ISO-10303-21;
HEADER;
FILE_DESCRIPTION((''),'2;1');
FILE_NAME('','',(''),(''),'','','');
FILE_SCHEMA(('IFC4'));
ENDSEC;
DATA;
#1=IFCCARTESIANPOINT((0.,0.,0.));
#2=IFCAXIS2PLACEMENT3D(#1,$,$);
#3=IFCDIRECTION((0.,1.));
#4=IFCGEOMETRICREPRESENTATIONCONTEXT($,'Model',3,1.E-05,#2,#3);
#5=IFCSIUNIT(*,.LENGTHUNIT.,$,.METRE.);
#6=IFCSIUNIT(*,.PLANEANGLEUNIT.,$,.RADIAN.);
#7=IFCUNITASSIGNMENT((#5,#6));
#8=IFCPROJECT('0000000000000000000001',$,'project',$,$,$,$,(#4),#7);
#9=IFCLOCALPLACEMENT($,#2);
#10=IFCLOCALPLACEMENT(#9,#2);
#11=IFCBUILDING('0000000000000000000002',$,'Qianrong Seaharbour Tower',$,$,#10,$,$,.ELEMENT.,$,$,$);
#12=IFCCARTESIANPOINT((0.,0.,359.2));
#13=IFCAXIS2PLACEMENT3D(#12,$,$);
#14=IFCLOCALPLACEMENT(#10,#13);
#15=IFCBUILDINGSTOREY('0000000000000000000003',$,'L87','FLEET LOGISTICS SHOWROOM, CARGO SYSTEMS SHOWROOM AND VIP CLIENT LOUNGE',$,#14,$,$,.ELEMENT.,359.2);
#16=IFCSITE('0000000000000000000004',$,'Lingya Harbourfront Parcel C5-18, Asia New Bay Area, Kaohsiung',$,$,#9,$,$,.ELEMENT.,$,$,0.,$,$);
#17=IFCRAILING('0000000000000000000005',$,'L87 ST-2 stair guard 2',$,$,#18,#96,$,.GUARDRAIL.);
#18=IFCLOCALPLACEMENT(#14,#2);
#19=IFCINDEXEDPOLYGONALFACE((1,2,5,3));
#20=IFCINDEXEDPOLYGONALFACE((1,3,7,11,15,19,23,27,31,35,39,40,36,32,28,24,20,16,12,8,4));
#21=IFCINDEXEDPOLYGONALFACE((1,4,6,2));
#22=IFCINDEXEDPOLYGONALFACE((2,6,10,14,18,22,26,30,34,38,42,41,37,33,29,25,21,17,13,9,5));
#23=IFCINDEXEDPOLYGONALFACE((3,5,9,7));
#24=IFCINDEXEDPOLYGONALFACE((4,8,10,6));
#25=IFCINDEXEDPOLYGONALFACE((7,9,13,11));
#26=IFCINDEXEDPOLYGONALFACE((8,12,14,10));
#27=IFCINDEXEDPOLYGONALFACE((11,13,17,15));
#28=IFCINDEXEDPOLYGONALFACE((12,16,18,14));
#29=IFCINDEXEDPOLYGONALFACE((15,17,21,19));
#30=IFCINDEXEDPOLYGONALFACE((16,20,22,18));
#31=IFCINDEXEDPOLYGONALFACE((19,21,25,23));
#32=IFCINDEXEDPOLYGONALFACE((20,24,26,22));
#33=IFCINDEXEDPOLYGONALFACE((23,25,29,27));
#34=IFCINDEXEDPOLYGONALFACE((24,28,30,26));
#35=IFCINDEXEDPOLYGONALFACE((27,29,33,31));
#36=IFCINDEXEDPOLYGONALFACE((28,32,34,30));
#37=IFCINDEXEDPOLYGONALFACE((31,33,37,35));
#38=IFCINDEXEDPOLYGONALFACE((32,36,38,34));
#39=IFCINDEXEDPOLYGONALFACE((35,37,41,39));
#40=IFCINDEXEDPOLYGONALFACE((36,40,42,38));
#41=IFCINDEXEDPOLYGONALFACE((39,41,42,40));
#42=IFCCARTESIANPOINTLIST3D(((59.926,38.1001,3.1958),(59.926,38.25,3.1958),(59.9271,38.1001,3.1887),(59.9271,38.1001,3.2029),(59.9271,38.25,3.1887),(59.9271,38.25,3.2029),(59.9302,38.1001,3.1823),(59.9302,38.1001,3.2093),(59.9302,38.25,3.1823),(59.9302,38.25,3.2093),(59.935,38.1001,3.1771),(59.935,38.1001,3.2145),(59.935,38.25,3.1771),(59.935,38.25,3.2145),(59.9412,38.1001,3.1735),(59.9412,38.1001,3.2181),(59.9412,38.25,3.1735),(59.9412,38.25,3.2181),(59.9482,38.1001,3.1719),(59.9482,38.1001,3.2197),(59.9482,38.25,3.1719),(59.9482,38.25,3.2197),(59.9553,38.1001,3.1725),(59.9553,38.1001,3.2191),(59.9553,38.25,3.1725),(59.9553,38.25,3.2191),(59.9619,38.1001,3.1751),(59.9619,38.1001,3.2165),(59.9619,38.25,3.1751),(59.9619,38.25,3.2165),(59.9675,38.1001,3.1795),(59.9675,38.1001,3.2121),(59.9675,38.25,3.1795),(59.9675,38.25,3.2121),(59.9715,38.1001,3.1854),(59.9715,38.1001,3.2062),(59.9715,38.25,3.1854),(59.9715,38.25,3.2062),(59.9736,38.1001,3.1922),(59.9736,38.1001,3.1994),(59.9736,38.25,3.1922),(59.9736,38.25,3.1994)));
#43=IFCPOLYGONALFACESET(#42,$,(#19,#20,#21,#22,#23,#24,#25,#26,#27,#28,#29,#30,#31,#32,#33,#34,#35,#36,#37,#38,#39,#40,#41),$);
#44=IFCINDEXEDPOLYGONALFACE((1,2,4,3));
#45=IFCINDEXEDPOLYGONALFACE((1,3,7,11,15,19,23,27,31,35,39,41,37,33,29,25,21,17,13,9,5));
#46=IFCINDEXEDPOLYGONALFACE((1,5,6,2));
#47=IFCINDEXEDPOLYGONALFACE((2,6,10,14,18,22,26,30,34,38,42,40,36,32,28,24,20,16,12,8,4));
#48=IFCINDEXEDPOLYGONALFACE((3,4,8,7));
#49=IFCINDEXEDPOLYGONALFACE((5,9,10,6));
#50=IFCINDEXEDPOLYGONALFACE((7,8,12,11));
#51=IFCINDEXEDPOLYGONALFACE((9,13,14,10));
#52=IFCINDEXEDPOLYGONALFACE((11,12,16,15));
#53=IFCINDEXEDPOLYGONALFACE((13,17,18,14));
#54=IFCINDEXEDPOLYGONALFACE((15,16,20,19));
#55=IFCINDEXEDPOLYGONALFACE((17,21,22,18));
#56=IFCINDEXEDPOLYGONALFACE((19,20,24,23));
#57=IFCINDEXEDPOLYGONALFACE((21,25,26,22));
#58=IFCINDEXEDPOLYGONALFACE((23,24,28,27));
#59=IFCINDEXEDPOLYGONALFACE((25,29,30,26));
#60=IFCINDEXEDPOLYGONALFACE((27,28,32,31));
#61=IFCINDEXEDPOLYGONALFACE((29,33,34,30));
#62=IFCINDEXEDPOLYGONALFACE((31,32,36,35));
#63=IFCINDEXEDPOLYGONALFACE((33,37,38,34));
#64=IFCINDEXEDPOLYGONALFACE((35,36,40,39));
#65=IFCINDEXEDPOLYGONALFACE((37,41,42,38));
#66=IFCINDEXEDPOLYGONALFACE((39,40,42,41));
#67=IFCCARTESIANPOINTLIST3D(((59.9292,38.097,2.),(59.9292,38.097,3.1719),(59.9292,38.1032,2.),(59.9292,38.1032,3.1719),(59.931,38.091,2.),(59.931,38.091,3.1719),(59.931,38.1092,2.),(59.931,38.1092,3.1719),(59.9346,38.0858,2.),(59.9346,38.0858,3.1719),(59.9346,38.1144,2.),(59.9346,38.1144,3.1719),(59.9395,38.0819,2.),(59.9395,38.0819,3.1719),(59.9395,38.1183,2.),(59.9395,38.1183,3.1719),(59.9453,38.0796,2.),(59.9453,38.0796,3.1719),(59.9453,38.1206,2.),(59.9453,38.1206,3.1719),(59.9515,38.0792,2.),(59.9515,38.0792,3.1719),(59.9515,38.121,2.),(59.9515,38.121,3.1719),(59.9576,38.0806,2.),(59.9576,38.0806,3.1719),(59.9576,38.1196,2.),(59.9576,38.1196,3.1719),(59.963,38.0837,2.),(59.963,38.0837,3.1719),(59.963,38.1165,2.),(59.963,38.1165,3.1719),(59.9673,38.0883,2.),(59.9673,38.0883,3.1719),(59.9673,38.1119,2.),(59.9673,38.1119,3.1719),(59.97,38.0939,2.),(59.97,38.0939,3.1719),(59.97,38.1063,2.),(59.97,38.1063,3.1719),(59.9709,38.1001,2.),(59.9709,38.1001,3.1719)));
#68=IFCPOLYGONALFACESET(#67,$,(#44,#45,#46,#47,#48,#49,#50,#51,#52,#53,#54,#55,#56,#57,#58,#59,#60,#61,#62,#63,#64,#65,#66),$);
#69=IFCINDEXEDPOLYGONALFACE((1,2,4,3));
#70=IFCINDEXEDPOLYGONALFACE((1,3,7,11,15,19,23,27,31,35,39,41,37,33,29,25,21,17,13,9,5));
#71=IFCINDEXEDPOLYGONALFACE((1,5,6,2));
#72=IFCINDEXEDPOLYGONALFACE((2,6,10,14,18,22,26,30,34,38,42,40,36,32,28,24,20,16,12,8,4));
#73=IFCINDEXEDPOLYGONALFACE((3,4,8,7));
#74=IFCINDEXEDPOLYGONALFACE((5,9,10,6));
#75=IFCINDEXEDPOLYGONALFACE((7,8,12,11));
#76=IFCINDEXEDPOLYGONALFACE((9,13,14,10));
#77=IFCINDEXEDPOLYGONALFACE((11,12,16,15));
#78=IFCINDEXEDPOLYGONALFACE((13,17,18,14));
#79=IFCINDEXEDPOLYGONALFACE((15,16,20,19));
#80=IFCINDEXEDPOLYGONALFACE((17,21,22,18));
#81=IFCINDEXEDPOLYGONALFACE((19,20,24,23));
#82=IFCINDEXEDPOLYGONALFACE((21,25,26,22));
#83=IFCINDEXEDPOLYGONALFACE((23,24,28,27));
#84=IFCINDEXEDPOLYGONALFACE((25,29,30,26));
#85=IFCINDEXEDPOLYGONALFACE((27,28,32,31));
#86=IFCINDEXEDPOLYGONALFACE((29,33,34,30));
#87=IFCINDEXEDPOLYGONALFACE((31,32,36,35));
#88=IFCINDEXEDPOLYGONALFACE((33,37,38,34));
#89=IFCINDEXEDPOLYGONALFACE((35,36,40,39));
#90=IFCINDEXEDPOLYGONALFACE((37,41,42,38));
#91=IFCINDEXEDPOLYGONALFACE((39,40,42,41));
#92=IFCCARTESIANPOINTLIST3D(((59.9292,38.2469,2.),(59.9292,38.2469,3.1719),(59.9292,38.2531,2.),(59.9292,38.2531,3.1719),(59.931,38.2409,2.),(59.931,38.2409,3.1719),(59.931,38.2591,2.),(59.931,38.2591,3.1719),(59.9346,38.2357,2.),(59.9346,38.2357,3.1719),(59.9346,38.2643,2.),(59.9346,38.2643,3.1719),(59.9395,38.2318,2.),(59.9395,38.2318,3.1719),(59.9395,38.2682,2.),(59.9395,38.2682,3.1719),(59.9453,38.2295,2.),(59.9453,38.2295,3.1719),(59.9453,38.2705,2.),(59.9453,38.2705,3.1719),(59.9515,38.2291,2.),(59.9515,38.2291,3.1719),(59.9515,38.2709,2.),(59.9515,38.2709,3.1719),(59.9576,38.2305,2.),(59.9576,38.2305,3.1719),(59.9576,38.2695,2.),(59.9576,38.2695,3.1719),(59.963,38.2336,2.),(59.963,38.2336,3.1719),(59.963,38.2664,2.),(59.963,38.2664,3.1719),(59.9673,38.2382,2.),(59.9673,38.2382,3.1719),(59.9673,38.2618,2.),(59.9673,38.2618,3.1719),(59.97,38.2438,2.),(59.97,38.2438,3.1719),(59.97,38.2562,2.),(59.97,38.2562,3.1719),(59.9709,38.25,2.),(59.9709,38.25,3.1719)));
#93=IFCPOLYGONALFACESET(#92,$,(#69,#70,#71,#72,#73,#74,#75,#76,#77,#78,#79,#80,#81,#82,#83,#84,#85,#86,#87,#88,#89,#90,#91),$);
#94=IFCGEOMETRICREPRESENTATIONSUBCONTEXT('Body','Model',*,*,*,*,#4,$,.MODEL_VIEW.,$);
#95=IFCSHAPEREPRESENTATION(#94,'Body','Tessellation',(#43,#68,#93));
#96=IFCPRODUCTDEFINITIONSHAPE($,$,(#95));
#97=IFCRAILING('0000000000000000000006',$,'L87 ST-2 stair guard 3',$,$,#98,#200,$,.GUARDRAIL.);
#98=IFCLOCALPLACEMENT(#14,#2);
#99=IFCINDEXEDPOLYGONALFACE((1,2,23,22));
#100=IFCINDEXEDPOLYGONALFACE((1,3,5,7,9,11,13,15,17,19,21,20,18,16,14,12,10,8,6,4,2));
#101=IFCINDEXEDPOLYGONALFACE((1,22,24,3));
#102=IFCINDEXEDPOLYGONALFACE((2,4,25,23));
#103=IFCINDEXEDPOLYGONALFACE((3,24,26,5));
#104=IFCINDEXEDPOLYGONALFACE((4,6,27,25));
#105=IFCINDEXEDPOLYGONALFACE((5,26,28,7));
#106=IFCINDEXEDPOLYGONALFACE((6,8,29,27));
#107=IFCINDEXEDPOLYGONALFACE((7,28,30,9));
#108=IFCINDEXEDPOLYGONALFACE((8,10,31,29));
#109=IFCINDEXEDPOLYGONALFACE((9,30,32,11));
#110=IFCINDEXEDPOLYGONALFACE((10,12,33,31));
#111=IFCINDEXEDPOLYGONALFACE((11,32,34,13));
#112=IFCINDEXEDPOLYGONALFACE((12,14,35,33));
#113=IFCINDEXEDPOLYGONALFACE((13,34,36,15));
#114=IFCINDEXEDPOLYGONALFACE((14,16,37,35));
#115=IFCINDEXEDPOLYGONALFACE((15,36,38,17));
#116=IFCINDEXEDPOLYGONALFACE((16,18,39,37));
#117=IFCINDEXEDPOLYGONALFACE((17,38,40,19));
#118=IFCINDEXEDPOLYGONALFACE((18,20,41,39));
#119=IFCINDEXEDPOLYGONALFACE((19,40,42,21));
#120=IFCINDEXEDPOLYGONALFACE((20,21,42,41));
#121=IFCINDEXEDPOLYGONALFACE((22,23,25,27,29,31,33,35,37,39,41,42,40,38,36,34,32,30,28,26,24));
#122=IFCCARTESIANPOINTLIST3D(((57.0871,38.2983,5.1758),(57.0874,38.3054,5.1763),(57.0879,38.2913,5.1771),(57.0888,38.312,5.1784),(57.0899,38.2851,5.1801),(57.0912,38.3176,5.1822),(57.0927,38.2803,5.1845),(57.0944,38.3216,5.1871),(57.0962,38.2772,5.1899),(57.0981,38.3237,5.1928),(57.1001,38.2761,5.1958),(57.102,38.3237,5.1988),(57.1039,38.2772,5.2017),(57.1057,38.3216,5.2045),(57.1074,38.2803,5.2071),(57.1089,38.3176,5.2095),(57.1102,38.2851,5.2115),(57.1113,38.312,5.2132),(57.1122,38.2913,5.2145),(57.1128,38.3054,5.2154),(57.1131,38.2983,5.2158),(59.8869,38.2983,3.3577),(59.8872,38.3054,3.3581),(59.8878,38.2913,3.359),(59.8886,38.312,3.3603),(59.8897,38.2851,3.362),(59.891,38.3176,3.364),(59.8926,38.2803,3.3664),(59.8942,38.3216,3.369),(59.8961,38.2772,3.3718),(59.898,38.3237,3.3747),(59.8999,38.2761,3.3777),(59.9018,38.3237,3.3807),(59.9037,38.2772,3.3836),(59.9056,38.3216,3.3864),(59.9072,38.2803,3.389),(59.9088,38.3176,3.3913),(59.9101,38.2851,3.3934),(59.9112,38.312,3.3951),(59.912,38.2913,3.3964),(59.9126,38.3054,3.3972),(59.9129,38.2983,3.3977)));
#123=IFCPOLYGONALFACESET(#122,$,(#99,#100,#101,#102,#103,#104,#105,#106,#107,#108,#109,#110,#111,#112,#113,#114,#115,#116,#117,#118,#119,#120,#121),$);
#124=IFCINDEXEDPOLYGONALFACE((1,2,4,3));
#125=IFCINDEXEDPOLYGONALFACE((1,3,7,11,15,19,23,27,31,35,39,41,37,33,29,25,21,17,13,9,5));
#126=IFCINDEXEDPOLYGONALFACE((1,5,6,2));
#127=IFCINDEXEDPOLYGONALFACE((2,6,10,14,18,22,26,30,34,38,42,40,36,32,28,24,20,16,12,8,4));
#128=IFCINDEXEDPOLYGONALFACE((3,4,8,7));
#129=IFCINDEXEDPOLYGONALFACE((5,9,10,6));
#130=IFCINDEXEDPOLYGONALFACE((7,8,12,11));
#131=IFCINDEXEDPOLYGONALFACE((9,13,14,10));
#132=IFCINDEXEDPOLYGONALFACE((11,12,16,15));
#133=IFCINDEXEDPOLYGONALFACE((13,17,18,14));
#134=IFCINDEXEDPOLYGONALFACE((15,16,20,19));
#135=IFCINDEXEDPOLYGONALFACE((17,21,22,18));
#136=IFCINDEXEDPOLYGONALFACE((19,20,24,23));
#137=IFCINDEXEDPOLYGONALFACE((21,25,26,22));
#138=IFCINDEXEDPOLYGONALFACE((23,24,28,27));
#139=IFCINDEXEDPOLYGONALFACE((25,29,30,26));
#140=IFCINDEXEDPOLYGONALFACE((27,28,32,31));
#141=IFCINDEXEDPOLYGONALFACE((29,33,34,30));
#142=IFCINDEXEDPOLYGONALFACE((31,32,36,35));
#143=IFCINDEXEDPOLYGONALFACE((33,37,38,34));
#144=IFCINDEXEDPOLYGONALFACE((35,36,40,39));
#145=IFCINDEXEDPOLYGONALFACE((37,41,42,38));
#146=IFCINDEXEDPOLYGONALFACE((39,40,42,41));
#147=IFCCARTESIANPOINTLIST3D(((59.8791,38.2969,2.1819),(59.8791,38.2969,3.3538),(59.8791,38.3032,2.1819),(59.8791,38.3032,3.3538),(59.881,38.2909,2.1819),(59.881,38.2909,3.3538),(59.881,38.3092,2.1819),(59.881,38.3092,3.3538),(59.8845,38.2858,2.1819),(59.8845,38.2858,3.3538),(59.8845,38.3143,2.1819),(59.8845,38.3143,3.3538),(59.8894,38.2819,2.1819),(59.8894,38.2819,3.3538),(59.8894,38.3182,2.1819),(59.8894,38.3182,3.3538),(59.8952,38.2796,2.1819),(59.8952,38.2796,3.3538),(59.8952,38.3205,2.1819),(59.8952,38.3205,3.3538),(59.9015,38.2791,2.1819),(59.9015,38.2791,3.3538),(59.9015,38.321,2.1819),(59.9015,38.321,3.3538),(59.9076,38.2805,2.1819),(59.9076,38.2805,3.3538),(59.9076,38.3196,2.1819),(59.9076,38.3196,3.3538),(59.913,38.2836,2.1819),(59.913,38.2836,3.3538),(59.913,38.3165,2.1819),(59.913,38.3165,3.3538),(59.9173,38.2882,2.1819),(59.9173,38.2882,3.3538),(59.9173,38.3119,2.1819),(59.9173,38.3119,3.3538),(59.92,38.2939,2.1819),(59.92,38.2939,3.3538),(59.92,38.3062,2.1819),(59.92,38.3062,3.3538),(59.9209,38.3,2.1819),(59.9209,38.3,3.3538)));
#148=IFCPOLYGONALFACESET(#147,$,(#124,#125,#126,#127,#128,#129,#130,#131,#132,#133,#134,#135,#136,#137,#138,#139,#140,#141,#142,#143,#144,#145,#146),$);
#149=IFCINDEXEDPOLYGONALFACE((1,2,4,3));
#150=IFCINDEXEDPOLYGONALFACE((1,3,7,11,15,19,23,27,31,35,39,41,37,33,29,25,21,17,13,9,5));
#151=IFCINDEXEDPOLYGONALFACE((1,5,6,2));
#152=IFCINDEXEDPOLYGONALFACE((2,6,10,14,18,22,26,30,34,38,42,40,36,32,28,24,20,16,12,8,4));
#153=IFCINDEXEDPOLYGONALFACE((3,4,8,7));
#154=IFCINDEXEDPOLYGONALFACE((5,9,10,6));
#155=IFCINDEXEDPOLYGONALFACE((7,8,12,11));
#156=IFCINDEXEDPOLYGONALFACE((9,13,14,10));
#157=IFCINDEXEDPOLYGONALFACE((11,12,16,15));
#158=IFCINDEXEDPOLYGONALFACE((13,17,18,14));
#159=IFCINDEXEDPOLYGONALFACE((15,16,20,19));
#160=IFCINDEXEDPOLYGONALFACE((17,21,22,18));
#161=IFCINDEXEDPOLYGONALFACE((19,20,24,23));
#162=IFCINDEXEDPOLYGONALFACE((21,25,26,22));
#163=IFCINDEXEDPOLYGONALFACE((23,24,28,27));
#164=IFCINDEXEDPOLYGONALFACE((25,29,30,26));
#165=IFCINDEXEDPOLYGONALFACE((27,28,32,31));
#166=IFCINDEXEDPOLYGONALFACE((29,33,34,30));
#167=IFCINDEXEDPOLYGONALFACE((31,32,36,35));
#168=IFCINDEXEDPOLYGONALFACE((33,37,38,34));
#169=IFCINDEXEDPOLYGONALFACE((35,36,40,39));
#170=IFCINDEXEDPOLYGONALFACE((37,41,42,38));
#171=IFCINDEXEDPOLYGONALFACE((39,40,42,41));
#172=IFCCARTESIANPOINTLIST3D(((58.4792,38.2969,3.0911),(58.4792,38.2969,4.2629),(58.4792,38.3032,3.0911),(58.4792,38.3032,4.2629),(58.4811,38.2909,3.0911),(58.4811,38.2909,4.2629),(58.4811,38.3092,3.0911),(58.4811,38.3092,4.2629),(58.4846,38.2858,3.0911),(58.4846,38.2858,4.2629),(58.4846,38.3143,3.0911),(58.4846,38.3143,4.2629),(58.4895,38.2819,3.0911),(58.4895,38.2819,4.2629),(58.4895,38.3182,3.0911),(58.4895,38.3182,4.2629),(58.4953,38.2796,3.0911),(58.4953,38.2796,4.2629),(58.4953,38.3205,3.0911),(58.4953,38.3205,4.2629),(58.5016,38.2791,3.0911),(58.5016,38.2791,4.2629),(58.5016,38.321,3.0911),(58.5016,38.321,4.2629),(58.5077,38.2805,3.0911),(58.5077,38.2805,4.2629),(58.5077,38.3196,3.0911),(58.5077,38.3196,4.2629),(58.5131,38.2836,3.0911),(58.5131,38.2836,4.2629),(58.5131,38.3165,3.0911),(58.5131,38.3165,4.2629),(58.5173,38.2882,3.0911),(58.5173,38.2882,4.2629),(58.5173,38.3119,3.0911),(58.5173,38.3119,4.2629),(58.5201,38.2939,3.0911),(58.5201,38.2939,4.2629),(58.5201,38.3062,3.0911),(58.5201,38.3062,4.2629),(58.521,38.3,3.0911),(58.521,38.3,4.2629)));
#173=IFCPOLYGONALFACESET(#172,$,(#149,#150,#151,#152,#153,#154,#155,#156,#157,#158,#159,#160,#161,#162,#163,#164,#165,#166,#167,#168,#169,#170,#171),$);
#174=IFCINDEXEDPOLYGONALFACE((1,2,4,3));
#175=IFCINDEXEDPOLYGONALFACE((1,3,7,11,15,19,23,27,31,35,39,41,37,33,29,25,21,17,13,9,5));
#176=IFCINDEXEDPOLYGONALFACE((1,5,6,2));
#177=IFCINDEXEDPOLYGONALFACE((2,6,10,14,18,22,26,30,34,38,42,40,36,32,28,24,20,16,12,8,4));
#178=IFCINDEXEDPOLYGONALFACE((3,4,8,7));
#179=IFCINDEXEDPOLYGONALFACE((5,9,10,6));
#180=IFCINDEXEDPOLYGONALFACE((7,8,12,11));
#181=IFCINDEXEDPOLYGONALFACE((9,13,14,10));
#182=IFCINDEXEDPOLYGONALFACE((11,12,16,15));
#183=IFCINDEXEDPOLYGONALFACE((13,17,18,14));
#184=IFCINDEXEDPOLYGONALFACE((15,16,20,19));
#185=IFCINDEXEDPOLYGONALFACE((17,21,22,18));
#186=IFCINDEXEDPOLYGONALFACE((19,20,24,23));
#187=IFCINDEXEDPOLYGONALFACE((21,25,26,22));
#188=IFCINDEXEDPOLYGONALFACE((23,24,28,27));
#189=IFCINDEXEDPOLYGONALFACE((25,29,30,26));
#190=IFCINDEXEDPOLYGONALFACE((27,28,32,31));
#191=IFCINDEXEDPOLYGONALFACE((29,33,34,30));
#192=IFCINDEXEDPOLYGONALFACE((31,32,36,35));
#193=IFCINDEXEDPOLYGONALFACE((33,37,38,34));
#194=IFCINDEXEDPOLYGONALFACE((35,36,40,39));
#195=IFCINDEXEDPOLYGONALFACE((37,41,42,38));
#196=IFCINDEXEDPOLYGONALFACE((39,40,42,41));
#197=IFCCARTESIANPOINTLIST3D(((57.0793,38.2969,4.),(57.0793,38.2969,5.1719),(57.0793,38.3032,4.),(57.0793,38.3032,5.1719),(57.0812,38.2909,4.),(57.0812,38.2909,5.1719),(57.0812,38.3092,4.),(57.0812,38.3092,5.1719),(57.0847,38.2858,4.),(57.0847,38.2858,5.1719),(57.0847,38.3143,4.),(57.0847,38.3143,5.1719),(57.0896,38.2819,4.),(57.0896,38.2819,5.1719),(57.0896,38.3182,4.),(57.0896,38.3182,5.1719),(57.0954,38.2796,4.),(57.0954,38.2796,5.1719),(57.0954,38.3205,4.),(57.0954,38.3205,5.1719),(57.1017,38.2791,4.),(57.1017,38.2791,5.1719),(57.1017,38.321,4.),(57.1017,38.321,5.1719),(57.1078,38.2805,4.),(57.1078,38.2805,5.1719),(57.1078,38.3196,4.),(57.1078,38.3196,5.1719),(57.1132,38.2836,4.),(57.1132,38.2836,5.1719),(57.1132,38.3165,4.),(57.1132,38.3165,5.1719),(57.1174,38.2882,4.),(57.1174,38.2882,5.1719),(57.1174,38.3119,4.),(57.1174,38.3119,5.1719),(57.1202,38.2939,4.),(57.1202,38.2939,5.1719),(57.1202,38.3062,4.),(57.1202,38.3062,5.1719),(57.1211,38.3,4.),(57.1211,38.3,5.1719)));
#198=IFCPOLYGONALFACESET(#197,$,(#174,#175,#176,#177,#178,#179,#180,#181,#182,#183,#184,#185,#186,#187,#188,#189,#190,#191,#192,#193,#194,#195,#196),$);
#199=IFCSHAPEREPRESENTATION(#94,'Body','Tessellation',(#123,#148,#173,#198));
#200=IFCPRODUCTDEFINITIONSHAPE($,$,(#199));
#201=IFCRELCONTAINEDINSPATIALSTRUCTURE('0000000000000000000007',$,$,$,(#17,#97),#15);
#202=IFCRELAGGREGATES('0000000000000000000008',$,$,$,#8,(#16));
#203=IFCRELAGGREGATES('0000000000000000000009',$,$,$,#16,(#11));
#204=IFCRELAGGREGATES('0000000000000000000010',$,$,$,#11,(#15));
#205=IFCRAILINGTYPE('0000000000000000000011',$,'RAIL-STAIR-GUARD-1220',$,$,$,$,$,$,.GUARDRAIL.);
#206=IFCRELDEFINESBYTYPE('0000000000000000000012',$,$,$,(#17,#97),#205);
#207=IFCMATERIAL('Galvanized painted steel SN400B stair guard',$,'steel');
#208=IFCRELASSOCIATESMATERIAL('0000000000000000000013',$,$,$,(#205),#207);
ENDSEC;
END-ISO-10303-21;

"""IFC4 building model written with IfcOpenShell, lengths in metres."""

from ifc_helpers import new_model, si_unit, direction, frame, origin, origin_2d, place, context, subcontext, project, spatial, circle, extrude, material, type_object, element, save


model = new_model("IFC4")

# Units and contexts
model_context = context("Model", 3, precision=1e-05, world=origin(), true_north=direction((0.0, 1.0)))
body_context = subcontext(model_context, "Body", "Model", "MODEL_VIEW")
ifc_project = project(units=[si_unit("LENGTHUNIT", "METRE"), si_unit("PLANEANGLEUNIT", "RADIAN")], contexts=[model_context])

# Site, building, storey
site_placement = place(None, origin())
site = spatial("IfcSite", under=ifc_project, at=site_placement, Name="Lingya Harbourfront Parcel C5-18, Asia New Bay Area, Kaohsiung", CompositionType="ELEMENT", RefElevation=0.0)
building_placement = place(site_placement, origin())
building = spatial("IfcBuilding", under=site, at=building_placement, Name="Qianrong Seaharbour Tower", CompositionType="ELEMENT")
storey_placement = place(building_placement, frame((0.0, 0.0, 359.2)))
storey = spatial("IfcBuildingStorey", under=building, at=storey_placement, Name="L87", Description="FLEET LOGISTICS SHOWROOM, CARGO SYSTEMS SHOWROOM AND VIP CLIENT LOUNGE", CompositionType="ELEMENT", Elevation=359.2)

# Railings
ifc_material_1 = material(Name="Galvanized painted steel SN400B stair guard", Category="steel")
railing_type_1 = type_object("IfcRailingType", Name="RAIL-STAIR-GUARD-1220", PredefinedType="GUARDRAIL", material=ifc_material_1)
railing_1_placement = place(storey_placement, frame((59.95, 38.1001, 2.0)))
element("IfcRailing", 1, at=railing_1_placement, inside=storey, type_object=railing_type_1, Name="L87 ST-2 stair guard 2", PredefinedType="GUARDRAIL", context=body_context, shape_type="SweptSolid", body=[
    extrude(circle(Radius=0.0239, at=origin_2d()), frame((0.0, 0.0, 1.1958), z_axis=(0.0, 1.0, 0.0), x_axis=(-1.0, 0.0, 0.0)), (0.0, 0.0, 1.0), 0.1499),
    extrude(circle(Radius=0.021, at=origin_2d()), origin(), (0.0, 0.0, 1.0), 1.1719),
    extrude(circle(Radius=0.021, at=origin_2d()), frame((0.0, 0.1499, 0.0)), (0.0, 0.0, 1.0), 1.1719),
])
railing_2_placement = place(storey_placement, frame((59.8999, 38.3, 2.1819)))
element("IfcRailing", 2, at=railing_2_placement, inside=storey, type_object=railing_type_1, Name="L87 ST-2 stair guard 3", PredefinedType="GUARDRAIL", context=body_context, shape_type="SweptSolid", body=[
    extrude(circle(Radius=0.0239, at=origin_2d()), frame((0.0, 0.0, 1.1958), z_axis=(-0.838684, 0.0, 0.544618), x_axis=(0.0, -1.0, 0.0)), (0.0, 0.0, 1.0), 3.3384),
    extrude(circle(Radius=0.021, at=origin_2d()), origin(), (0.0, 0.0, 1.0), 1.1719),
    extrude(circle(Radius=0.021, at=origin_2d()), frame((-1.3999, 0.0, 0.9092)), (0.0, 0.0, 1.0), 1.1719),
    extrude(circle(Radius=0.021, at=origin_2d()), frame((-2.7998, 0.0, 1.8181)), (0.0, 0.0, 1.0), 1.1719),
])

save(model, "model.ifc")
